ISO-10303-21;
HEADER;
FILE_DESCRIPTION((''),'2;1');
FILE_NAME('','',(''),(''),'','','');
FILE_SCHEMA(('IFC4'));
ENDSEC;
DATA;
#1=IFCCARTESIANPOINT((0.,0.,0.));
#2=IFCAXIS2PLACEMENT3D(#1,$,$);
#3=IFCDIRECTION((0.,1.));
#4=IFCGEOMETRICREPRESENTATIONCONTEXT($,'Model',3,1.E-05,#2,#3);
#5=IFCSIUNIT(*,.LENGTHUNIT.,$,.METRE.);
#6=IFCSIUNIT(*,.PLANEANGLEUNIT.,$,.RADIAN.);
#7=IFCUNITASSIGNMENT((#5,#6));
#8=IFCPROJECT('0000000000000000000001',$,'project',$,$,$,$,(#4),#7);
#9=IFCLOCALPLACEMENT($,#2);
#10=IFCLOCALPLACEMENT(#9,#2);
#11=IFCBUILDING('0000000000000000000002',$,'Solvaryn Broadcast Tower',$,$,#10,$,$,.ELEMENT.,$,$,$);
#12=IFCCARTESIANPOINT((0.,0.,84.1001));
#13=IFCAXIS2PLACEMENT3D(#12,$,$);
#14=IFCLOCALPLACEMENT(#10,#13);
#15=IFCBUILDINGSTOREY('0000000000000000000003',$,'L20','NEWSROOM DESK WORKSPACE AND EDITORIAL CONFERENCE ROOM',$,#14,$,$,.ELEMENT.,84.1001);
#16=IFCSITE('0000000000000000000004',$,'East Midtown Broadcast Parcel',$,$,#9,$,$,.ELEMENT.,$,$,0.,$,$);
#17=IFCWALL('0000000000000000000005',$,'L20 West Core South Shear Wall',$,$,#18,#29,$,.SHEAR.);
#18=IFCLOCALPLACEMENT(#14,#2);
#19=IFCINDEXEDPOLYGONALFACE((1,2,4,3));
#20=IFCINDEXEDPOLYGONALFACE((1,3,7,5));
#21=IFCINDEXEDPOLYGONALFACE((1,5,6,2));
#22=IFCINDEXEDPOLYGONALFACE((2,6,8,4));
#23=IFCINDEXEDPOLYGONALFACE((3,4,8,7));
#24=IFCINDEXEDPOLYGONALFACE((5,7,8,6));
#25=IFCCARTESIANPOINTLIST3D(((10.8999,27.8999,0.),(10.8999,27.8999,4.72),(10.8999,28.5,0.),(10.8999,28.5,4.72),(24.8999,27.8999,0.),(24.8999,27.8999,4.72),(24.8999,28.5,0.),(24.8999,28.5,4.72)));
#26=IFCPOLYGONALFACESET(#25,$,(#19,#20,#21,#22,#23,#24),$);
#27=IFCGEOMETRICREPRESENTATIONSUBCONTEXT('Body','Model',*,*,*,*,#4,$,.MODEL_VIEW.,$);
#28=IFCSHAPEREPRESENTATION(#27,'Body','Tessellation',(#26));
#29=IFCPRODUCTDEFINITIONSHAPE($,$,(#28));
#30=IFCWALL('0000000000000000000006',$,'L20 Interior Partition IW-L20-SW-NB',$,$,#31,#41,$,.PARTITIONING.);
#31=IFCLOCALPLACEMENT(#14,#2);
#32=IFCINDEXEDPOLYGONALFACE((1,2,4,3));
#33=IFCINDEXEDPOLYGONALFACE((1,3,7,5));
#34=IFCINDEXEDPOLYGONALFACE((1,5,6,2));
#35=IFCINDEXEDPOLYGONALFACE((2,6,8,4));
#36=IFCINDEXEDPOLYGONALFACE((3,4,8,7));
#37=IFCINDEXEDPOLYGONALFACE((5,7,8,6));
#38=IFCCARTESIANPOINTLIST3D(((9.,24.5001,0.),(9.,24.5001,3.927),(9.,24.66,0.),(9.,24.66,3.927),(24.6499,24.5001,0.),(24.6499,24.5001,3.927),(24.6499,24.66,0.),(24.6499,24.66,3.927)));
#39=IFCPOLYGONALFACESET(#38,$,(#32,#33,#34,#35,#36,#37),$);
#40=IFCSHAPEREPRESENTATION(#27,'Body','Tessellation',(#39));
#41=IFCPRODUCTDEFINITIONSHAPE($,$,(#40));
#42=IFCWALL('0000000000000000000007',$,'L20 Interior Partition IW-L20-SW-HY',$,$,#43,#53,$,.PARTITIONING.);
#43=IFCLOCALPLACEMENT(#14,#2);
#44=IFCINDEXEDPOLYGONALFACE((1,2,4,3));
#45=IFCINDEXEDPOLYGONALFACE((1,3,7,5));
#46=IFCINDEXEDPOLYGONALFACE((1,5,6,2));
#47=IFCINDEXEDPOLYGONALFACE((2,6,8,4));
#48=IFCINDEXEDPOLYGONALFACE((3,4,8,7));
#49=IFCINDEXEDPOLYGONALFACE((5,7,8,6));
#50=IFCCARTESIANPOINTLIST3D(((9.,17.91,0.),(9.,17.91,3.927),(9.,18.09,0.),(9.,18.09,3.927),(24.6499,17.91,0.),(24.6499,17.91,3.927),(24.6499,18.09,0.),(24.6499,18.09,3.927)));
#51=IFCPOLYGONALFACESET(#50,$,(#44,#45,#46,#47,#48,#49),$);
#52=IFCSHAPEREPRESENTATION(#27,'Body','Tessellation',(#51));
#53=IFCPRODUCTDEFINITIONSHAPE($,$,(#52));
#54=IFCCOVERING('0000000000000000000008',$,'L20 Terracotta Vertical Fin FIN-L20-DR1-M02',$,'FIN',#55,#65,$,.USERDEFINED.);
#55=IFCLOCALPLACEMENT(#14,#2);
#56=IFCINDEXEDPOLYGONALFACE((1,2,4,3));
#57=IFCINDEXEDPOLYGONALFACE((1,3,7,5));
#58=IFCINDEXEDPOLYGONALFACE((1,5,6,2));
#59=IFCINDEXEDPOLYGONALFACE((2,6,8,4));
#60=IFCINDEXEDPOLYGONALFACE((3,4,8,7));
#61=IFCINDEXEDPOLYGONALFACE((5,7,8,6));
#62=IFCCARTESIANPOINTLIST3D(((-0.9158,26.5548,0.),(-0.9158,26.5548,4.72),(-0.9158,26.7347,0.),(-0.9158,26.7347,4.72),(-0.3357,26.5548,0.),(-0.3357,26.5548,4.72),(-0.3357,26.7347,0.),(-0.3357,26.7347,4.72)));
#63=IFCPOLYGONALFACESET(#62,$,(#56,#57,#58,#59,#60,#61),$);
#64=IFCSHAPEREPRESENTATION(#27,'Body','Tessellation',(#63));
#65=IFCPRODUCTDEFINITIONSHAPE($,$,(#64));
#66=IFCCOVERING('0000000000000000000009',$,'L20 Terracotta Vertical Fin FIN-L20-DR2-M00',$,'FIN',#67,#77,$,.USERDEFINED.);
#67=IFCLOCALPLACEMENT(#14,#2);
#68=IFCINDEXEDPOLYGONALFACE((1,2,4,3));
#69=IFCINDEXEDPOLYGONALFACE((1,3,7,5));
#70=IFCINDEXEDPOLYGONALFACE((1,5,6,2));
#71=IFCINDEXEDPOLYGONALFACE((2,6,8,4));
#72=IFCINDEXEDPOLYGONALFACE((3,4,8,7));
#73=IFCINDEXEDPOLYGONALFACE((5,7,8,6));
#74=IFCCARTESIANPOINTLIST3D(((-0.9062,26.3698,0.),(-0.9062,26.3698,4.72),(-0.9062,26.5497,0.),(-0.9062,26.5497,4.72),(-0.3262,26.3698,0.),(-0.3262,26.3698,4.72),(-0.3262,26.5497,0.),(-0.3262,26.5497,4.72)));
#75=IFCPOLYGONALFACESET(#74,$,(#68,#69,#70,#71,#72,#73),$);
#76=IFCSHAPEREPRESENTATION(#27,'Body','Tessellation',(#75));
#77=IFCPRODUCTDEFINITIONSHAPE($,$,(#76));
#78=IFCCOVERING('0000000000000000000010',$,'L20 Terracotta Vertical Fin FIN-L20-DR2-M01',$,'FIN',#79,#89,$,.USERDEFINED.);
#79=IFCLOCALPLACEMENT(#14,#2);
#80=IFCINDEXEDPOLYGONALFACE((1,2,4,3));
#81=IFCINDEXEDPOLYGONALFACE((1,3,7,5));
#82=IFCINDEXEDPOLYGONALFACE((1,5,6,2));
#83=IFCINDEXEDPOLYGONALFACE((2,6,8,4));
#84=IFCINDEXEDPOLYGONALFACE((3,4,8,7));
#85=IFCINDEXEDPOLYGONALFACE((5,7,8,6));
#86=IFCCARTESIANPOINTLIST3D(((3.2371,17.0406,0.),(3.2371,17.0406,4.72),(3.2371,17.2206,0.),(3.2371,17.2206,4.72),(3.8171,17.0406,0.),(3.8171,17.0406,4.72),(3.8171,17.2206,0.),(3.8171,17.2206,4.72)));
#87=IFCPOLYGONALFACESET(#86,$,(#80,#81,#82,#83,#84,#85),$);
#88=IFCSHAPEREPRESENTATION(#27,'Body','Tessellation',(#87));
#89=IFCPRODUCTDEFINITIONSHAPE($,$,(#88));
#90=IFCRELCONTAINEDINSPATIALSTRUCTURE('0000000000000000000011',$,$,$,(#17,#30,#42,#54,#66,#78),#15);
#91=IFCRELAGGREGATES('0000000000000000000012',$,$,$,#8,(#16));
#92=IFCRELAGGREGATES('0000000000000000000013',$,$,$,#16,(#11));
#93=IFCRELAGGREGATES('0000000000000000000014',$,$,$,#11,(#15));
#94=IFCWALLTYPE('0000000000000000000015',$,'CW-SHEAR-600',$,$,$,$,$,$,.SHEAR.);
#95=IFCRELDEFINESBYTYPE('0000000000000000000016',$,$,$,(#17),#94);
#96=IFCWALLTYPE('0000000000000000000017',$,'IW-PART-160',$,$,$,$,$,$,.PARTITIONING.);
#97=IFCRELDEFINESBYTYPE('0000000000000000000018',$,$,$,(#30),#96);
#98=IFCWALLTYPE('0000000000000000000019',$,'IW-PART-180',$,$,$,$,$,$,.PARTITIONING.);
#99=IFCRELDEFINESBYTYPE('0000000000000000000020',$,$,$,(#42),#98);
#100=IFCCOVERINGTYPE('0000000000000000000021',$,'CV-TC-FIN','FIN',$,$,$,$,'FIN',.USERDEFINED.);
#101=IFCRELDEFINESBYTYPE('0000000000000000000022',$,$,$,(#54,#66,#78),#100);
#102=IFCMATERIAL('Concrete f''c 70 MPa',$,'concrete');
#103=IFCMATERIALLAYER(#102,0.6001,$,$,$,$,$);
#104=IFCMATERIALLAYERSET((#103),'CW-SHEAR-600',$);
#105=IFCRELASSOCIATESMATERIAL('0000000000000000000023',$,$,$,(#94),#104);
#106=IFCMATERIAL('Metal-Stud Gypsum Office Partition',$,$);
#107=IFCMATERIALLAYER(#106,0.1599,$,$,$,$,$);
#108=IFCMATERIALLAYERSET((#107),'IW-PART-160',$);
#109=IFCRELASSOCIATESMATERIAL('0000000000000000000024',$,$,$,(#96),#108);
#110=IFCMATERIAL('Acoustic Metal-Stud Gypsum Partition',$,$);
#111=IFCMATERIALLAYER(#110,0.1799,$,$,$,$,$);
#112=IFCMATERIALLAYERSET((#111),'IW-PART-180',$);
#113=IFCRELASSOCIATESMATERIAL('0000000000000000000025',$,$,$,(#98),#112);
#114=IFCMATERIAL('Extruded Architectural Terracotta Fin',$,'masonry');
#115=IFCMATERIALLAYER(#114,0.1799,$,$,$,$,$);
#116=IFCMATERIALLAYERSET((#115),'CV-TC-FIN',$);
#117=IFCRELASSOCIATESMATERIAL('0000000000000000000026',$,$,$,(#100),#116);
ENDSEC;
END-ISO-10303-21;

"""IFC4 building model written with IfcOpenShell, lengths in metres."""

from ifc_helpers import new_model, si_unit, direction, frame, frame_2d, origin, origin_2d, place, context, subcontext, project, spatial, rectangle, extrude, material, layer, layer_set, type_object, element, save


model = new_model("IFC4")

# Units and contexts
model_context = context("Model", 3, precision=1e-05, world=origin(), true_north=direction((0.0, 1.0)))
body_context = subcontext(model_context, "Body", "Model", "MODEL_VIEW")
ifc_project = project(units=[si_unit("LENGTHUNIT", "METRE"), si_unit("PLANEANGLEUNIT", "RADIAN")], contexts=[model_context])

# Site, building, storey
site_placement = place(None, origin())
site = spatial("IfcSite", under=ifc_project, at=site_placement, Name="East Midtown Broadcast Parcel", CompositionType="ELEMENT", RefElevation=0.0)
building_placement = place(site_placement, origin())
building = spatial("IfcBuilding", under=site, at=building_placement, Name="Solvaryn Broadcast Tower", CompositionType="ELEMENT")
storey_placement = place(building_placement, frame((0.0, 0.0, 84.1001)))
storey = spatial("IfcBuildingStorey", under=building, at=storey_placement, Name="L20", Description="NEWSROOM DESK WORKSPACE AND EDITORIAL CONFERENCE ROOM", CompositionType="ELEMENT", Elevation=84.1001)

# Wall
ifc_material_1 = material(Name="Concrete f'c 70 MPa", Category="concrete")
ifc_layer_1 = layer(ifc_material_1, 0.6001)
ifc_layer_set_1 = layer_set([ifc_layer_1], Name="CW-SHEAR-600")
wall_type_1 = type_object("IfcWallType", Name="CW-SHEAR-600", PredefinedType="SHEAR", material=ifc_layer_set_1)
wall_1_placement = place(storey_placement, frame((10.8999, 28.2, 0.0), z_axis=(0.0, 0.0, 1.0), x_axis=(1.0, 0.0, 0.0)))
element("IfcWall", 1, at=wall_1_placement, inside=storey, type_object=wall_type_1, Name="L20 West Core South Shear Wall", PredefinedType="SHEAR", context=body_context, shape_type="SweptSolid", body=[
    extrude(rectangle(XDim=14.0, YDim=0.6001, at=frame_2d((7.0, 0.0))), origin(), (0.0, 0.0, 1.0), 4.72),
])

# Shared definitions
ifc_material_2 = material(Name="Metal-Stud Gypsum Office Partition")
ifc_layer_2 = layer(ifc_material_2, 0.1599)
ifc_layer_set_2 = layer_set([ifc_layer_2], Name="IW-PART-160")
wall_type_2 = type_object("IfcWallType", Name="IW-PART-160", PredefinedType="PARTITIONING", material=ifc_layer_set_2)

# Walls
wall_2_placement = place(storey_placement, frame((9.0, 24.5801, 0.0), z_axis=(0.0, 0.0, 1.0), x_axis=(1.0, 0.0, 0.0)))
element("IfcWall", 2, at=wall_2_placement, inside=storey, type_object=wall_type_2, Name="L20 Interior Partition IW-L20-SW-NB", PredefinedType="PARTITIONING", context=body_context, shape_type="SweptSolid", body=[
    extrude(rectangle(XDim=15.6499, YDim=0.1599, at=frame_2d((7.825, 0.0))), origin(), (0.0, 0.0, 1.0), 3.927),
])
ifc_material_3 = material(Name="Acoustic Metal-Stud Gypsum Partition")
ifc_layer_3 = layer(ifc_material_3, 0.1799)
ifc_layer_set_3 = layer_set([ifc_layer_3], Name="IW-PART-180")
wall_type_3 = type_object("IfcWallType", Name="IW-PART-180", PredefinedType="PARTITIONING", material=ifc_layer_set_3)
wall_3_placement = place(storey_placement, frame((9.0, 18.0, 0.0), z_axis=(0.0, 0.0, 1.0), x_axis=(1.0, 0.0, 0.0)))
element("IfcWall", 3, at=wall_3_placement, inside=storey, type_object=wall_type_3, Name="L20 Interior Partition IW-L20-SW-HY", PredefinedType="PARTITIONING", context=body_context, shape_type="SweptSolid", body=[
    extrude(rectangle(XDim=15.6499, YDim=0.1799, at=frame_2d((7.825, 0.0))), origin(), (0.0, 0.0, 1.0), 3.927),
])

# Coverings
ifc_material_4 = material(Name="Extruded Architectural Terracotta Fin", Category="masonry")
ifc_layer_4 = layer(ifc_material_4, 0.1799)
ifc_layer_set_4 = layer_set([ifc_layer_4], Name="CV-TC-FIN")
covering_type = type_object("IfcCoveringType", Name="CV-TC-FIN", Description="FIN", ElementType="FIN", PredefinedType="USERDEFINED", material=ifc_layer_set_4)
for number, where, z_axis, x_axis, name in (
    (4, (-0.6257, 26.6448, 0.0), (0.0, 0.0, 1.0), (1.0, 0.0, 0.0), "L20 Terracotta Vertical Fin FIN-L20-DR1-M02"),
    (5, (-0.6162, 26.4597, 0.0), (0.0, 0.0, 1.0), (1.0, 0.0, 0.0), "L20 Terracotta Vertical Fin FIN-L20-DR2-M00"),
    (6, (3.5271, 17.1306, 0.0), (0.0, 0.0, 1.0), (1.0, 0.0, 0.0), "L20 Terracotta Vertical Fin FIN-L20-DR2-M01"),
):
    element("IfcCovering", number, at=place(storey_placement, frame(where, z_axis=z_axis, x_axis=x_axis)), inside=storey, type_object=covering_type, Name=name, ObjectType="FIN", PredefinedType="USERDEFINED", context=body_context, shape_type="SweptSolid", body=[
        extrude(rectangle(XDim=0.5801, YDim=0.1799, at=origin_2d()), origin(), (0.0, 0.0, 1.0), 4.72),
    ])

save(model, "model.ifc")
